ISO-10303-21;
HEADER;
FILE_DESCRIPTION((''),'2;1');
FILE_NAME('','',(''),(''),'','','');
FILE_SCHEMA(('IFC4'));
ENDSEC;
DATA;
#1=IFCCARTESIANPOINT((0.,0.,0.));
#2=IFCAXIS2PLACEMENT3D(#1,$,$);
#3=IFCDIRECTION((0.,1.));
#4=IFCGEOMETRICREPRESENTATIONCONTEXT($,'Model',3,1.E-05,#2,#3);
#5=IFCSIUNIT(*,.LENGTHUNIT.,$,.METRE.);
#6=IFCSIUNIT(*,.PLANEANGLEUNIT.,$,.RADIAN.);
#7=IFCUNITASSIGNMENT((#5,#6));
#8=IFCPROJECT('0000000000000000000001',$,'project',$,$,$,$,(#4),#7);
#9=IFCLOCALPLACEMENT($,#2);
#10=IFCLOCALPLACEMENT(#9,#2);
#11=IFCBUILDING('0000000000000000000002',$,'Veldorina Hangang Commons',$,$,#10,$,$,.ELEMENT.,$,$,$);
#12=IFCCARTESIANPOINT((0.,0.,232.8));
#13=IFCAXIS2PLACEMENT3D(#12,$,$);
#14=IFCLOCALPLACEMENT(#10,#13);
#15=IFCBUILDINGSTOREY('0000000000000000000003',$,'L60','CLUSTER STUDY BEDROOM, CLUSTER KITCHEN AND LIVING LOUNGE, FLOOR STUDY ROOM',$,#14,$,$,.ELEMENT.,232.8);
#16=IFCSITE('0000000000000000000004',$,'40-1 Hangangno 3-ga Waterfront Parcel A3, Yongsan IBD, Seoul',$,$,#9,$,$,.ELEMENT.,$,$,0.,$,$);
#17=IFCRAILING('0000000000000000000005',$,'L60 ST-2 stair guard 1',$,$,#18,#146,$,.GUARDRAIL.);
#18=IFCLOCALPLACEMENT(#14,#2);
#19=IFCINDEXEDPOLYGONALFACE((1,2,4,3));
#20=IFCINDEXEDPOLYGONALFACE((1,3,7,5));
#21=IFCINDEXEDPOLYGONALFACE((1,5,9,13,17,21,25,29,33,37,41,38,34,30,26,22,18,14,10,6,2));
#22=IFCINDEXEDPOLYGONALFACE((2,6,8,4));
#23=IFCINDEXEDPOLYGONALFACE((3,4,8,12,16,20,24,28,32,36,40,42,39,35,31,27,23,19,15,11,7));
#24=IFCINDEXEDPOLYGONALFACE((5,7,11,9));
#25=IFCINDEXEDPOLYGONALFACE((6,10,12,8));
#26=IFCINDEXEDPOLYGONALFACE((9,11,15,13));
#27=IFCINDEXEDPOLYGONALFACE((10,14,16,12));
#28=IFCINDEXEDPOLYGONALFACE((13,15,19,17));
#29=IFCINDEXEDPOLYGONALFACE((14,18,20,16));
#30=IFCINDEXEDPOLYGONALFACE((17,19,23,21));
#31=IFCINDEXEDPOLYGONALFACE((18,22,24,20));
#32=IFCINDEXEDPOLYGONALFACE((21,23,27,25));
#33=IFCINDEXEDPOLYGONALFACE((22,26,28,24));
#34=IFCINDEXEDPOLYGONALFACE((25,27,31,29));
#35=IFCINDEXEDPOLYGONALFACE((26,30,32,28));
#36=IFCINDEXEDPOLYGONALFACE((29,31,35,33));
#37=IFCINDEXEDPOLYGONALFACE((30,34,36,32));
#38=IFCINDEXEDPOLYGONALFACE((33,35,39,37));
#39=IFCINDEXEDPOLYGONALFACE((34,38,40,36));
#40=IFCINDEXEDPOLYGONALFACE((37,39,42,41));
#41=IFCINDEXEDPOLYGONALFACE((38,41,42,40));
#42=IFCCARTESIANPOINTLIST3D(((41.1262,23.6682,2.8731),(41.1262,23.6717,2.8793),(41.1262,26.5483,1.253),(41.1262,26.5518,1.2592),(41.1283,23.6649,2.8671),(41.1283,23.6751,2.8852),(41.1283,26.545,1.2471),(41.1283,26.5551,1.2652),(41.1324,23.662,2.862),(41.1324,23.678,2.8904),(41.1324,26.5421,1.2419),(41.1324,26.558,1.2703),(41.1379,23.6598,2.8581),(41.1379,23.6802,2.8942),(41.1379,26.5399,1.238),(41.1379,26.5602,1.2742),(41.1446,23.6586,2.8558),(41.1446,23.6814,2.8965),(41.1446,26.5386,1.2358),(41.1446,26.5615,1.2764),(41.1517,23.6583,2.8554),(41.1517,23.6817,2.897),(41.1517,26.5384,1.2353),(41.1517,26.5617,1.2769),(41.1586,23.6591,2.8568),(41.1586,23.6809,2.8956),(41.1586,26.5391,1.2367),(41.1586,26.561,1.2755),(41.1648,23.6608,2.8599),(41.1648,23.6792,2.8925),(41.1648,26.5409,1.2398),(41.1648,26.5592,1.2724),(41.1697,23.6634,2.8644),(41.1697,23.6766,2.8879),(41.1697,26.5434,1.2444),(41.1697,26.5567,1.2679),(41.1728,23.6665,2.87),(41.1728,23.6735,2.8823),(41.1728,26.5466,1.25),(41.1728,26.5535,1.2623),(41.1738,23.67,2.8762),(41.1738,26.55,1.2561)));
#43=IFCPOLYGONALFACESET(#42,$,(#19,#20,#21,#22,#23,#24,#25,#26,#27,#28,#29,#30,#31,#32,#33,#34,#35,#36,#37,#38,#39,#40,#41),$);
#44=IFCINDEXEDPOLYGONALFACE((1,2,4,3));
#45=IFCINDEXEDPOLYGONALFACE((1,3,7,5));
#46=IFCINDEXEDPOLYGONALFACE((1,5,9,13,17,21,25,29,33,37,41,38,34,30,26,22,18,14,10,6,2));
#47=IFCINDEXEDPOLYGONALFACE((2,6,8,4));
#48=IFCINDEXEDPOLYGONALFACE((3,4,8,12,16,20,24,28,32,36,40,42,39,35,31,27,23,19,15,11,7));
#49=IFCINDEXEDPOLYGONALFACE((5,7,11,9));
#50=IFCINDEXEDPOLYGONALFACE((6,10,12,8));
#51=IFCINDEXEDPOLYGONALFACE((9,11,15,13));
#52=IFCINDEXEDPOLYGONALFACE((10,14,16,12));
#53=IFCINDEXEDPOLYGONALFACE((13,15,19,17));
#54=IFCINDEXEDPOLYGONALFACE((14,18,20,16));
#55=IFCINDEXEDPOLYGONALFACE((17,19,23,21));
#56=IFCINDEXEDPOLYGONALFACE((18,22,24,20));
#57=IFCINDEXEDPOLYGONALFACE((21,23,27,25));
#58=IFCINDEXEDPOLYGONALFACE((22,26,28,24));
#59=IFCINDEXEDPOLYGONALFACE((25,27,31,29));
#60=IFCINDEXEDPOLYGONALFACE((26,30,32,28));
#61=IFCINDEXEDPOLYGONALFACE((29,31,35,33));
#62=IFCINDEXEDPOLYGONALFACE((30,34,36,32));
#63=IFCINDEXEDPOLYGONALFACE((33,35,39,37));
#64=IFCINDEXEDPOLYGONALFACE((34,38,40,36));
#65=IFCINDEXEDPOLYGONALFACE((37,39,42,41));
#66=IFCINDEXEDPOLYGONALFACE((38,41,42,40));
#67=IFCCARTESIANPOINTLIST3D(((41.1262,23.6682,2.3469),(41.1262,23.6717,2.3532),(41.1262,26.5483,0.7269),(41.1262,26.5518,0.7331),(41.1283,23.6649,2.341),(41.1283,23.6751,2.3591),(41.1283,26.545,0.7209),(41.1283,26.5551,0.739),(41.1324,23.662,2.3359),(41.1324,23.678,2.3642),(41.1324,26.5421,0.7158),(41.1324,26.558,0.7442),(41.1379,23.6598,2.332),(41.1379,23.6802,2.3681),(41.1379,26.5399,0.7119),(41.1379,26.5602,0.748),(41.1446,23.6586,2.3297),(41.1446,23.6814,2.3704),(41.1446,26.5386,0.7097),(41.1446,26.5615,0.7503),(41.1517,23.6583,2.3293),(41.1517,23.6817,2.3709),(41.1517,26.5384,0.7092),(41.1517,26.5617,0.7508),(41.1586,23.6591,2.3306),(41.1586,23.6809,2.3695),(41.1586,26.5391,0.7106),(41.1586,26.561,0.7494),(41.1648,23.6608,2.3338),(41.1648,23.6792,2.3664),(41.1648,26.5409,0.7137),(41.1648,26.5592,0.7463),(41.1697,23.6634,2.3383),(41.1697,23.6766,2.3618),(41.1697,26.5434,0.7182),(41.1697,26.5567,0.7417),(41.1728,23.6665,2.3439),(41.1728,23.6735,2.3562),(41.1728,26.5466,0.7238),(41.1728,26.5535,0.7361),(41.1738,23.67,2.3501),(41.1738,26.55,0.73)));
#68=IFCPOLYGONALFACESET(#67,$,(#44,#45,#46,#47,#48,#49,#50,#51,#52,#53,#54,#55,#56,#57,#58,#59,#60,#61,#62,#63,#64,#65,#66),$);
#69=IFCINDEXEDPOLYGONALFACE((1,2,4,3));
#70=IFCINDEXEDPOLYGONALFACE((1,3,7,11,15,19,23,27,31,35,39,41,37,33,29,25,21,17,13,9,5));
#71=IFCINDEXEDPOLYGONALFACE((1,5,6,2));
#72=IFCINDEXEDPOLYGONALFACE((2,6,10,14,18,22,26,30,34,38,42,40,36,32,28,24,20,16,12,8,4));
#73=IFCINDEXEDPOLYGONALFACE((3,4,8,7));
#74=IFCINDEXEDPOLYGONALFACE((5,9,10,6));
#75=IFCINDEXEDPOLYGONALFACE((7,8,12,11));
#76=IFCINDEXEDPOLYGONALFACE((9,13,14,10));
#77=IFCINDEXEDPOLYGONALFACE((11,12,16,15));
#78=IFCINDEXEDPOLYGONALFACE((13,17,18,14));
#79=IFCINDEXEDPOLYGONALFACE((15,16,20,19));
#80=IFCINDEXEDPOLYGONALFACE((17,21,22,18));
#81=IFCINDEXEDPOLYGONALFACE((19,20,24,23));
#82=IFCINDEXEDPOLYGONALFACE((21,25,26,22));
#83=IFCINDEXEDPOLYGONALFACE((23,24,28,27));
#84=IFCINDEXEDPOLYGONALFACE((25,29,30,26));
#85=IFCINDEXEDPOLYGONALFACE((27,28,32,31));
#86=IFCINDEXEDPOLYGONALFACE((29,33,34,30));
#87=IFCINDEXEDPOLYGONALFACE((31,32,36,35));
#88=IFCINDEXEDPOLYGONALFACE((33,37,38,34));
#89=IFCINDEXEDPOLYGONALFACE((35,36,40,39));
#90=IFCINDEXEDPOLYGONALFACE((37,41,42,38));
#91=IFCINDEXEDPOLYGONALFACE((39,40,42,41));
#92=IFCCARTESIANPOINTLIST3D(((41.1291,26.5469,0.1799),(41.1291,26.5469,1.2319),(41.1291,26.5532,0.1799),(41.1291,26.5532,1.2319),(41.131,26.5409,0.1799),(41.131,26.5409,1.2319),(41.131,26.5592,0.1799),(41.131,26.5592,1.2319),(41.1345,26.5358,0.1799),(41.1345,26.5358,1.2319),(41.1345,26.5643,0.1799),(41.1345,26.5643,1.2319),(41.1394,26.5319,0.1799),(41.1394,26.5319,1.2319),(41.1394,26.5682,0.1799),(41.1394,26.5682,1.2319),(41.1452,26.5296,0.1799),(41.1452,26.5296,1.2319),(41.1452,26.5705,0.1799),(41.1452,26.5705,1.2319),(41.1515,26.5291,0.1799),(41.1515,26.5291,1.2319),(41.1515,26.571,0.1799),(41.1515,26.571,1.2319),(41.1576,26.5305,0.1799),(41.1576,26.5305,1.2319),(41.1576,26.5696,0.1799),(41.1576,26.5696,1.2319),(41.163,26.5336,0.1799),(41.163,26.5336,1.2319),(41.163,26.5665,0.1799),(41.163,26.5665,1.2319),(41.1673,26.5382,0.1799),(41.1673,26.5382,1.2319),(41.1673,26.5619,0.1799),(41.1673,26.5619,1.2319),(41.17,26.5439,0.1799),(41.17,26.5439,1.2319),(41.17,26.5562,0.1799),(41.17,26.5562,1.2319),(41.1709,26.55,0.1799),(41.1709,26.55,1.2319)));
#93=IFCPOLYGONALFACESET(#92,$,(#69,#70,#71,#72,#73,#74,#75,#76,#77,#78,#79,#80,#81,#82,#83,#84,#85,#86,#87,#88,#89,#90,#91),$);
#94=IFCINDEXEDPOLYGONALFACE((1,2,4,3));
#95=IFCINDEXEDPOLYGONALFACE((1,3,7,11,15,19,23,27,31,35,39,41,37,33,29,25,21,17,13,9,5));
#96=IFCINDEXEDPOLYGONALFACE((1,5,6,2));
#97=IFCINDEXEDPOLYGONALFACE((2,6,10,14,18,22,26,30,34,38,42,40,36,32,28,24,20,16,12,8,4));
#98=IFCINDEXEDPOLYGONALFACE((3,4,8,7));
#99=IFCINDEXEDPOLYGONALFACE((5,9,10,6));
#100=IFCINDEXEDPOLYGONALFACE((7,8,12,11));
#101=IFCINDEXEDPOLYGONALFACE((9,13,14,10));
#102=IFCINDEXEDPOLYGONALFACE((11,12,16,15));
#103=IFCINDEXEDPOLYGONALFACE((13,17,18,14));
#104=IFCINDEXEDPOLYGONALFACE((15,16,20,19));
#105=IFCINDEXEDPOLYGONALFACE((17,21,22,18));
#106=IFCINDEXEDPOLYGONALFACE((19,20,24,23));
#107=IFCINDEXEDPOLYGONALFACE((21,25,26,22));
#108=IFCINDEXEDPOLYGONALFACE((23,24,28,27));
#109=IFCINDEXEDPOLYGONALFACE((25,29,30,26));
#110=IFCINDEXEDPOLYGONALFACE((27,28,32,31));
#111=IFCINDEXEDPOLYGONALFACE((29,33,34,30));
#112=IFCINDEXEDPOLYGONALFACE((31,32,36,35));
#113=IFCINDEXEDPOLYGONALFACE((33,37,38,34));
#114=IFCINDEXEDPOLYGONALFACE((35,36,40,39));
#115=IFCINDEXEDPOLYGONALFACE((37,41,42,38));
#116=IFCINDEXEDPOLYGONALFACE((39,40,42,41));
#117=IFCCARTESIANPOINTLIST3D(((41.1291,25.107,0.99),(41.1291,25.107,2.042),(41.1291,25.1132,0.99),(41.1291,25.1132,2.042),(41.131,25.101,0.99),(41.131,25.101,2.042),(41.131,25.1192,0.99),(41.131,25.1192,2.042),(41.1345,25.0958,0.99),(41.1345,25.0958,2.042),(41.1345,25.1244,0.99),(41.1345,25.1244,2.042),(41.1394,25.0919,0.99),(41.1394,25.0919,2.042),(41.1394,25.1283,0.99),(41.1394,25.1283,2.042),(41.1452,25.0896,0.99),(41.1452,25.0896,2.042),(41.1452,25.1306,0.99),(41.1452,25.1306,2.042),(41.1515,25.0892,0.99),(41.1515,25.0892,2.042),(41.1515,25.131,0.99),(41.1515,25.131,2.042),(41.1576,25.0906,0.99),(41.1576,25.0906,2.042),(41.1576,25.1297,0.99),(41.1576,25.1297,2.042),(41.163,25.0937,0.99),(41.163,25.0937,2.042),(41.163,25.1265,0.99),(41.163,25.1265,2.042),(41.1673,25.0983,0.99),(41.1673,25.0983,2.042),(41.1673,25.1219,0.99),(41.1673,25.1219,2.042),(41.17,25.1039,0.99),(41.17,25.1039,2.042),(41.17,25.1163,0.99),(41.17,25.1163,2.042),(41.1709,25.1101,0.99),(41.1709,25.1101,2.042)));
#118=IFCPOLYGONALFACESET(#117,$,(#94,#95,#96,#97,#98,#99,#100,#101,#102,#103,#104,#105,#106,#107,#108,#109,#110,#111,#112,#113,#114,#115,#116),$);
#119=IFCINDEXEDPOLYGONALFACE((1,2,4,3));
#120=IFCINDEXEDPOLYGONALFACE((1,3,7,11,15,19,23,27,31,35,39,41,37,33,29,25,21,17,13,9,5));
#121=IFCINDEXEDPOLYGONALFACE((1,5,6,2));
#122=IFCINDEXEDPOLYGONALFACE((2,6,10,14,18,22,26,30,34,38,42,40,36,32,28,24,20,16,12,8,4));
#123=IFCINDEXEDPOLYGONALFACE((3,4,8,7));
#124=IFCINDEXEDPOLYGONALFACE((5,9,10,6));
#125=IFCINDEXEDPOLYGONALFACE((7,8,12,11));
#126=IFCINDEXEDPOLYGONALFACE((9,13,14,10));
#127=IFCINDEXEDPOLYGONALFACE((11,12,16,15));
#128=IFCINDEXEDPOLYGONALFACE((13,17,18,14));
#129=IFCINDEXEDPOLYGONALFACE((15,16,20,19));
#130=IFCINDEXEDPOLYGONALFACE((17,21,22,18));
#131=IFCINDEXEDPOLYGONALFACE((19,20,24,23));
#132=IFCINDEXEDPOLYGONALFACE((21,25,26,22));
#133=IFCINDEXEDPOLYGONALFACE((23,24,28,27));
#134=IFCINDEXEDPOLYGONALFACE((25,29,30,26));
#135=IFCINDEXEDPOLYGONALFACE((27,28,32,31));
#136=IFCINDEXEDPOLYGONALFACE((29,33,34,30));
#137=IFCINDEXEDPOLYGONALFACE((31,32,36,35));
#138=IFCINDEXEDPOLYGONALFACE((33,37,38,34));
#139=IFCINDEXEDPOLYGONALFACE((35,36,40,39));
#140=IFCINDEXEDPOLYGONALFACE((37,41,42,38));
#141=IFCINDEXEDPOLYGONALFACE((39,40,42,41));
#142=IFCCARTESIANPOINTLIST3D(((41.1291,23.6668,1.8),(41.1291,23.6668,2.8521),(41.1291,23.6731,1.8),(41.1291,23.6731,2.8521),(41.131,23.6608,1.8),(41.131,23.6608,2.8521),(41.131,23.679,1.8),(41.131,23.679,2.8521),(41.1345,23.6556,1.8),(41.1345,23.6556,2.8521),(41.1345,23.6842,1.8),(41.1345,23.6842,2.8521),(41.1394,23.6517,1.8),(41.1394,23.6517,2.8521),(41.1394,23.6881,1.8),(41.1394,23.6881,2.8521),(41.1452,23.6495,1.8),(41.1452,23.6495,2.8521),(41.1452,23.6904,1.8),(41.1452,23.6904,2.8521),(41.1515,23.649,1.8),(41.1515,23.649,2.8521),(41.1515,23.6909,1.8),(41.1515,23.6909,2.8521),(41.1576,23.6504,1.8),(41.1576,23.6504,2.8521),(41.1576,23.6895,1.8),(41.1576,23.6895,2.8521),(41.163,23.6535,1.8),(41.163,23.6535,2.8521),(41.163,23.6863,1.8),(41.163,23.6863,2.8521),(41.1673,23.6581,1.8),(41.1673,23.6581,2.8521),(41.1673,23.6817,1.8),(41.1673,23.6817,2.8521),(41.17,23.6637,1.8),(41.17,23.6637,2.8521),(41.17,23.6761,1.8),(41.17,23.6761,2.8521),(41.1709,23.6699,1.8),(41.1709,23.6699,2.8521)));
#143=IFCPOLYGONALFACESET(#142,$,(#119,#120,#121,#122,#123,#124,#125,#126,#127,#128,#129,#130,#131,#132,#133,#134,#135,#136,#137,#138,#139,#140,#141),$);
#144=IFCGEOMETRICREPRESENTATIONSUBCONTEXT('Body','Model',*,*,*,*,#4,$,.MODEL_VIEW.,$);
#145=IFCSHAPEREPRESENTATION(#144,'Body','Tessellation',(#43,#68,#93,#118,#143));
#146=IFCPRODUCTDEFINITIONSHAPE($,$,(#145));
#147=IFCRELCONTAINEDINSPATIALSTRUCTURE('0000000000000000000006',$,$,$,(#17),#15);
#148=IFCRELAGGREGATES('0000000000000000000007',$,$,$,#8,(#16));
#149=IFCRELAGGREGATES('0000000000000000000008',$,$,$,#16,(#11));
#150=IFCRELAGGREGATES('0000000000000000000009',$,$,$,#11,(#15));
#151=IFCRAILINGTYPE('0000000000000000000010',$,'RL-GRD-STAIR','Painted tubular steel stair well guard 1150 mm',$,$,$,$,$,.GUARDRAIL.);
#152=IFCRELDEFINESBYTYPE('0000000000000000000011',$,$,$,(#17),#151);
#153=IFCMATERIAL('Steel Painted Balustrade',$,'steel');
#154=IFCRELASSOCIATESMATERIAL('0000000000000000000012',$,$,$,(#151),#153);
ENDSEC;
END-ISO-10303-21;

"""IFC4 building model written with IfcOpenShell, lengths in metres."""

from ifc_helpers import new_model, si_unit, direction, frame, origin, origin_2d, place, context, subcontext, project, spatial, circle, extrude, material, type_object, element, save


model = new_model("IFC4")

# Units and contexts
model_context = context("Model", 3, precision=1e-05, world=origin(), true_north=direction((0.0, 1.0)))
body_context = subcontext(model_context, "Body", "Model", "MODEL_VIEW")
ifc_project = project(units=[si_unit("LENGTHUNIT", "METRE"), si_unit("PLANEANGLEUNIT", "RADIAN")], contexts=[model_context])

# Site, building, storey
site_placement = place(None, origin())
site = spatial("IfcSite", under=ifc_project, at=site_placement, Name="40-1 Hangangno 3-ga Waterfront Parcel A3, Yongsan IBD, Seoul", CompositionType="ELEMENT", RefElevation=0.0)
building_placement = place(site_placement, origin())
building = spatial("IfcBuilding", under=site, at=building_placement, Name="Veldorina Hangang Commons", CompositionType="ELEMENT")
storey_placement = place(building_placement, frame((0.0, 0.0, 232.8)))
storey = spatial("IfcBuildingStorey", under=building, at=storey_placement, Name="L60", Description="CLUSTER STUDY BEDROOM, CLUSTER KITCHEN AND LIVING LOUNGE, FLOOR STUDY ROOM", CompositionType="ELEMENT", Elevation=232.8)

# Railing
ifc_material_1 = material(Name="Steel Painted Balustrade", Category="steel")
railing_type_1 = type_object("IfcRailingType", Name="RL-GRD-STAIR", Description="Painted tubular steel stair well guard 1150 mm", PredefinedType="GUARDRAIL", material=ifc_material_1)
railing_1_placement = place(storey_placement, frame((41.1499, 26.55, 0.1799)))
element("IfcRailing", 1, at=railing_1_placement, inside=storey, type_object=railing_type_1, Name="L60 ST-2 stair guard 1", PredefinedType="GUARDRAIL", context=body_context, shape_type="SweptSolid", body=[
    extrude(circle(Radius=0.0239, at=origin_2d()), frame((0.0, 0.0, 1.0762), z_axis=(0.0, -0.87157, 0.490272), x_axis=(1.0, 0.0, 0.0)), (0.0, 0.0, 1.0), 3.3044),
    extrude(circle(Radius=0.0239, at=origin_2d()), frame((0.0, 0.0, 0.55), z_axis=(0.0, -0.87157, 0.490272), x_axis=(1.0, 0.0, 0.0)), (0.0, 0.0, 1.0), 3.3044),
    extrude(circle(Radius=0.021, at=origin_2d()), origin(), (0.0, 0.0, 1.0), 1.052),
    extrude(circle(Radius=0.021, at=origin_2d()), frame((0.0, -1.4399, 0.8101)), (0.0, 0.0, 1.0), 1.052),
    extrude(circle(Radius=0.021, at=origin_2d()), frame((0.0, -2.8801, 1.6201)), (0.0, 0.0, 1.0), 1.052),
])

save(model, "model.ifc")
